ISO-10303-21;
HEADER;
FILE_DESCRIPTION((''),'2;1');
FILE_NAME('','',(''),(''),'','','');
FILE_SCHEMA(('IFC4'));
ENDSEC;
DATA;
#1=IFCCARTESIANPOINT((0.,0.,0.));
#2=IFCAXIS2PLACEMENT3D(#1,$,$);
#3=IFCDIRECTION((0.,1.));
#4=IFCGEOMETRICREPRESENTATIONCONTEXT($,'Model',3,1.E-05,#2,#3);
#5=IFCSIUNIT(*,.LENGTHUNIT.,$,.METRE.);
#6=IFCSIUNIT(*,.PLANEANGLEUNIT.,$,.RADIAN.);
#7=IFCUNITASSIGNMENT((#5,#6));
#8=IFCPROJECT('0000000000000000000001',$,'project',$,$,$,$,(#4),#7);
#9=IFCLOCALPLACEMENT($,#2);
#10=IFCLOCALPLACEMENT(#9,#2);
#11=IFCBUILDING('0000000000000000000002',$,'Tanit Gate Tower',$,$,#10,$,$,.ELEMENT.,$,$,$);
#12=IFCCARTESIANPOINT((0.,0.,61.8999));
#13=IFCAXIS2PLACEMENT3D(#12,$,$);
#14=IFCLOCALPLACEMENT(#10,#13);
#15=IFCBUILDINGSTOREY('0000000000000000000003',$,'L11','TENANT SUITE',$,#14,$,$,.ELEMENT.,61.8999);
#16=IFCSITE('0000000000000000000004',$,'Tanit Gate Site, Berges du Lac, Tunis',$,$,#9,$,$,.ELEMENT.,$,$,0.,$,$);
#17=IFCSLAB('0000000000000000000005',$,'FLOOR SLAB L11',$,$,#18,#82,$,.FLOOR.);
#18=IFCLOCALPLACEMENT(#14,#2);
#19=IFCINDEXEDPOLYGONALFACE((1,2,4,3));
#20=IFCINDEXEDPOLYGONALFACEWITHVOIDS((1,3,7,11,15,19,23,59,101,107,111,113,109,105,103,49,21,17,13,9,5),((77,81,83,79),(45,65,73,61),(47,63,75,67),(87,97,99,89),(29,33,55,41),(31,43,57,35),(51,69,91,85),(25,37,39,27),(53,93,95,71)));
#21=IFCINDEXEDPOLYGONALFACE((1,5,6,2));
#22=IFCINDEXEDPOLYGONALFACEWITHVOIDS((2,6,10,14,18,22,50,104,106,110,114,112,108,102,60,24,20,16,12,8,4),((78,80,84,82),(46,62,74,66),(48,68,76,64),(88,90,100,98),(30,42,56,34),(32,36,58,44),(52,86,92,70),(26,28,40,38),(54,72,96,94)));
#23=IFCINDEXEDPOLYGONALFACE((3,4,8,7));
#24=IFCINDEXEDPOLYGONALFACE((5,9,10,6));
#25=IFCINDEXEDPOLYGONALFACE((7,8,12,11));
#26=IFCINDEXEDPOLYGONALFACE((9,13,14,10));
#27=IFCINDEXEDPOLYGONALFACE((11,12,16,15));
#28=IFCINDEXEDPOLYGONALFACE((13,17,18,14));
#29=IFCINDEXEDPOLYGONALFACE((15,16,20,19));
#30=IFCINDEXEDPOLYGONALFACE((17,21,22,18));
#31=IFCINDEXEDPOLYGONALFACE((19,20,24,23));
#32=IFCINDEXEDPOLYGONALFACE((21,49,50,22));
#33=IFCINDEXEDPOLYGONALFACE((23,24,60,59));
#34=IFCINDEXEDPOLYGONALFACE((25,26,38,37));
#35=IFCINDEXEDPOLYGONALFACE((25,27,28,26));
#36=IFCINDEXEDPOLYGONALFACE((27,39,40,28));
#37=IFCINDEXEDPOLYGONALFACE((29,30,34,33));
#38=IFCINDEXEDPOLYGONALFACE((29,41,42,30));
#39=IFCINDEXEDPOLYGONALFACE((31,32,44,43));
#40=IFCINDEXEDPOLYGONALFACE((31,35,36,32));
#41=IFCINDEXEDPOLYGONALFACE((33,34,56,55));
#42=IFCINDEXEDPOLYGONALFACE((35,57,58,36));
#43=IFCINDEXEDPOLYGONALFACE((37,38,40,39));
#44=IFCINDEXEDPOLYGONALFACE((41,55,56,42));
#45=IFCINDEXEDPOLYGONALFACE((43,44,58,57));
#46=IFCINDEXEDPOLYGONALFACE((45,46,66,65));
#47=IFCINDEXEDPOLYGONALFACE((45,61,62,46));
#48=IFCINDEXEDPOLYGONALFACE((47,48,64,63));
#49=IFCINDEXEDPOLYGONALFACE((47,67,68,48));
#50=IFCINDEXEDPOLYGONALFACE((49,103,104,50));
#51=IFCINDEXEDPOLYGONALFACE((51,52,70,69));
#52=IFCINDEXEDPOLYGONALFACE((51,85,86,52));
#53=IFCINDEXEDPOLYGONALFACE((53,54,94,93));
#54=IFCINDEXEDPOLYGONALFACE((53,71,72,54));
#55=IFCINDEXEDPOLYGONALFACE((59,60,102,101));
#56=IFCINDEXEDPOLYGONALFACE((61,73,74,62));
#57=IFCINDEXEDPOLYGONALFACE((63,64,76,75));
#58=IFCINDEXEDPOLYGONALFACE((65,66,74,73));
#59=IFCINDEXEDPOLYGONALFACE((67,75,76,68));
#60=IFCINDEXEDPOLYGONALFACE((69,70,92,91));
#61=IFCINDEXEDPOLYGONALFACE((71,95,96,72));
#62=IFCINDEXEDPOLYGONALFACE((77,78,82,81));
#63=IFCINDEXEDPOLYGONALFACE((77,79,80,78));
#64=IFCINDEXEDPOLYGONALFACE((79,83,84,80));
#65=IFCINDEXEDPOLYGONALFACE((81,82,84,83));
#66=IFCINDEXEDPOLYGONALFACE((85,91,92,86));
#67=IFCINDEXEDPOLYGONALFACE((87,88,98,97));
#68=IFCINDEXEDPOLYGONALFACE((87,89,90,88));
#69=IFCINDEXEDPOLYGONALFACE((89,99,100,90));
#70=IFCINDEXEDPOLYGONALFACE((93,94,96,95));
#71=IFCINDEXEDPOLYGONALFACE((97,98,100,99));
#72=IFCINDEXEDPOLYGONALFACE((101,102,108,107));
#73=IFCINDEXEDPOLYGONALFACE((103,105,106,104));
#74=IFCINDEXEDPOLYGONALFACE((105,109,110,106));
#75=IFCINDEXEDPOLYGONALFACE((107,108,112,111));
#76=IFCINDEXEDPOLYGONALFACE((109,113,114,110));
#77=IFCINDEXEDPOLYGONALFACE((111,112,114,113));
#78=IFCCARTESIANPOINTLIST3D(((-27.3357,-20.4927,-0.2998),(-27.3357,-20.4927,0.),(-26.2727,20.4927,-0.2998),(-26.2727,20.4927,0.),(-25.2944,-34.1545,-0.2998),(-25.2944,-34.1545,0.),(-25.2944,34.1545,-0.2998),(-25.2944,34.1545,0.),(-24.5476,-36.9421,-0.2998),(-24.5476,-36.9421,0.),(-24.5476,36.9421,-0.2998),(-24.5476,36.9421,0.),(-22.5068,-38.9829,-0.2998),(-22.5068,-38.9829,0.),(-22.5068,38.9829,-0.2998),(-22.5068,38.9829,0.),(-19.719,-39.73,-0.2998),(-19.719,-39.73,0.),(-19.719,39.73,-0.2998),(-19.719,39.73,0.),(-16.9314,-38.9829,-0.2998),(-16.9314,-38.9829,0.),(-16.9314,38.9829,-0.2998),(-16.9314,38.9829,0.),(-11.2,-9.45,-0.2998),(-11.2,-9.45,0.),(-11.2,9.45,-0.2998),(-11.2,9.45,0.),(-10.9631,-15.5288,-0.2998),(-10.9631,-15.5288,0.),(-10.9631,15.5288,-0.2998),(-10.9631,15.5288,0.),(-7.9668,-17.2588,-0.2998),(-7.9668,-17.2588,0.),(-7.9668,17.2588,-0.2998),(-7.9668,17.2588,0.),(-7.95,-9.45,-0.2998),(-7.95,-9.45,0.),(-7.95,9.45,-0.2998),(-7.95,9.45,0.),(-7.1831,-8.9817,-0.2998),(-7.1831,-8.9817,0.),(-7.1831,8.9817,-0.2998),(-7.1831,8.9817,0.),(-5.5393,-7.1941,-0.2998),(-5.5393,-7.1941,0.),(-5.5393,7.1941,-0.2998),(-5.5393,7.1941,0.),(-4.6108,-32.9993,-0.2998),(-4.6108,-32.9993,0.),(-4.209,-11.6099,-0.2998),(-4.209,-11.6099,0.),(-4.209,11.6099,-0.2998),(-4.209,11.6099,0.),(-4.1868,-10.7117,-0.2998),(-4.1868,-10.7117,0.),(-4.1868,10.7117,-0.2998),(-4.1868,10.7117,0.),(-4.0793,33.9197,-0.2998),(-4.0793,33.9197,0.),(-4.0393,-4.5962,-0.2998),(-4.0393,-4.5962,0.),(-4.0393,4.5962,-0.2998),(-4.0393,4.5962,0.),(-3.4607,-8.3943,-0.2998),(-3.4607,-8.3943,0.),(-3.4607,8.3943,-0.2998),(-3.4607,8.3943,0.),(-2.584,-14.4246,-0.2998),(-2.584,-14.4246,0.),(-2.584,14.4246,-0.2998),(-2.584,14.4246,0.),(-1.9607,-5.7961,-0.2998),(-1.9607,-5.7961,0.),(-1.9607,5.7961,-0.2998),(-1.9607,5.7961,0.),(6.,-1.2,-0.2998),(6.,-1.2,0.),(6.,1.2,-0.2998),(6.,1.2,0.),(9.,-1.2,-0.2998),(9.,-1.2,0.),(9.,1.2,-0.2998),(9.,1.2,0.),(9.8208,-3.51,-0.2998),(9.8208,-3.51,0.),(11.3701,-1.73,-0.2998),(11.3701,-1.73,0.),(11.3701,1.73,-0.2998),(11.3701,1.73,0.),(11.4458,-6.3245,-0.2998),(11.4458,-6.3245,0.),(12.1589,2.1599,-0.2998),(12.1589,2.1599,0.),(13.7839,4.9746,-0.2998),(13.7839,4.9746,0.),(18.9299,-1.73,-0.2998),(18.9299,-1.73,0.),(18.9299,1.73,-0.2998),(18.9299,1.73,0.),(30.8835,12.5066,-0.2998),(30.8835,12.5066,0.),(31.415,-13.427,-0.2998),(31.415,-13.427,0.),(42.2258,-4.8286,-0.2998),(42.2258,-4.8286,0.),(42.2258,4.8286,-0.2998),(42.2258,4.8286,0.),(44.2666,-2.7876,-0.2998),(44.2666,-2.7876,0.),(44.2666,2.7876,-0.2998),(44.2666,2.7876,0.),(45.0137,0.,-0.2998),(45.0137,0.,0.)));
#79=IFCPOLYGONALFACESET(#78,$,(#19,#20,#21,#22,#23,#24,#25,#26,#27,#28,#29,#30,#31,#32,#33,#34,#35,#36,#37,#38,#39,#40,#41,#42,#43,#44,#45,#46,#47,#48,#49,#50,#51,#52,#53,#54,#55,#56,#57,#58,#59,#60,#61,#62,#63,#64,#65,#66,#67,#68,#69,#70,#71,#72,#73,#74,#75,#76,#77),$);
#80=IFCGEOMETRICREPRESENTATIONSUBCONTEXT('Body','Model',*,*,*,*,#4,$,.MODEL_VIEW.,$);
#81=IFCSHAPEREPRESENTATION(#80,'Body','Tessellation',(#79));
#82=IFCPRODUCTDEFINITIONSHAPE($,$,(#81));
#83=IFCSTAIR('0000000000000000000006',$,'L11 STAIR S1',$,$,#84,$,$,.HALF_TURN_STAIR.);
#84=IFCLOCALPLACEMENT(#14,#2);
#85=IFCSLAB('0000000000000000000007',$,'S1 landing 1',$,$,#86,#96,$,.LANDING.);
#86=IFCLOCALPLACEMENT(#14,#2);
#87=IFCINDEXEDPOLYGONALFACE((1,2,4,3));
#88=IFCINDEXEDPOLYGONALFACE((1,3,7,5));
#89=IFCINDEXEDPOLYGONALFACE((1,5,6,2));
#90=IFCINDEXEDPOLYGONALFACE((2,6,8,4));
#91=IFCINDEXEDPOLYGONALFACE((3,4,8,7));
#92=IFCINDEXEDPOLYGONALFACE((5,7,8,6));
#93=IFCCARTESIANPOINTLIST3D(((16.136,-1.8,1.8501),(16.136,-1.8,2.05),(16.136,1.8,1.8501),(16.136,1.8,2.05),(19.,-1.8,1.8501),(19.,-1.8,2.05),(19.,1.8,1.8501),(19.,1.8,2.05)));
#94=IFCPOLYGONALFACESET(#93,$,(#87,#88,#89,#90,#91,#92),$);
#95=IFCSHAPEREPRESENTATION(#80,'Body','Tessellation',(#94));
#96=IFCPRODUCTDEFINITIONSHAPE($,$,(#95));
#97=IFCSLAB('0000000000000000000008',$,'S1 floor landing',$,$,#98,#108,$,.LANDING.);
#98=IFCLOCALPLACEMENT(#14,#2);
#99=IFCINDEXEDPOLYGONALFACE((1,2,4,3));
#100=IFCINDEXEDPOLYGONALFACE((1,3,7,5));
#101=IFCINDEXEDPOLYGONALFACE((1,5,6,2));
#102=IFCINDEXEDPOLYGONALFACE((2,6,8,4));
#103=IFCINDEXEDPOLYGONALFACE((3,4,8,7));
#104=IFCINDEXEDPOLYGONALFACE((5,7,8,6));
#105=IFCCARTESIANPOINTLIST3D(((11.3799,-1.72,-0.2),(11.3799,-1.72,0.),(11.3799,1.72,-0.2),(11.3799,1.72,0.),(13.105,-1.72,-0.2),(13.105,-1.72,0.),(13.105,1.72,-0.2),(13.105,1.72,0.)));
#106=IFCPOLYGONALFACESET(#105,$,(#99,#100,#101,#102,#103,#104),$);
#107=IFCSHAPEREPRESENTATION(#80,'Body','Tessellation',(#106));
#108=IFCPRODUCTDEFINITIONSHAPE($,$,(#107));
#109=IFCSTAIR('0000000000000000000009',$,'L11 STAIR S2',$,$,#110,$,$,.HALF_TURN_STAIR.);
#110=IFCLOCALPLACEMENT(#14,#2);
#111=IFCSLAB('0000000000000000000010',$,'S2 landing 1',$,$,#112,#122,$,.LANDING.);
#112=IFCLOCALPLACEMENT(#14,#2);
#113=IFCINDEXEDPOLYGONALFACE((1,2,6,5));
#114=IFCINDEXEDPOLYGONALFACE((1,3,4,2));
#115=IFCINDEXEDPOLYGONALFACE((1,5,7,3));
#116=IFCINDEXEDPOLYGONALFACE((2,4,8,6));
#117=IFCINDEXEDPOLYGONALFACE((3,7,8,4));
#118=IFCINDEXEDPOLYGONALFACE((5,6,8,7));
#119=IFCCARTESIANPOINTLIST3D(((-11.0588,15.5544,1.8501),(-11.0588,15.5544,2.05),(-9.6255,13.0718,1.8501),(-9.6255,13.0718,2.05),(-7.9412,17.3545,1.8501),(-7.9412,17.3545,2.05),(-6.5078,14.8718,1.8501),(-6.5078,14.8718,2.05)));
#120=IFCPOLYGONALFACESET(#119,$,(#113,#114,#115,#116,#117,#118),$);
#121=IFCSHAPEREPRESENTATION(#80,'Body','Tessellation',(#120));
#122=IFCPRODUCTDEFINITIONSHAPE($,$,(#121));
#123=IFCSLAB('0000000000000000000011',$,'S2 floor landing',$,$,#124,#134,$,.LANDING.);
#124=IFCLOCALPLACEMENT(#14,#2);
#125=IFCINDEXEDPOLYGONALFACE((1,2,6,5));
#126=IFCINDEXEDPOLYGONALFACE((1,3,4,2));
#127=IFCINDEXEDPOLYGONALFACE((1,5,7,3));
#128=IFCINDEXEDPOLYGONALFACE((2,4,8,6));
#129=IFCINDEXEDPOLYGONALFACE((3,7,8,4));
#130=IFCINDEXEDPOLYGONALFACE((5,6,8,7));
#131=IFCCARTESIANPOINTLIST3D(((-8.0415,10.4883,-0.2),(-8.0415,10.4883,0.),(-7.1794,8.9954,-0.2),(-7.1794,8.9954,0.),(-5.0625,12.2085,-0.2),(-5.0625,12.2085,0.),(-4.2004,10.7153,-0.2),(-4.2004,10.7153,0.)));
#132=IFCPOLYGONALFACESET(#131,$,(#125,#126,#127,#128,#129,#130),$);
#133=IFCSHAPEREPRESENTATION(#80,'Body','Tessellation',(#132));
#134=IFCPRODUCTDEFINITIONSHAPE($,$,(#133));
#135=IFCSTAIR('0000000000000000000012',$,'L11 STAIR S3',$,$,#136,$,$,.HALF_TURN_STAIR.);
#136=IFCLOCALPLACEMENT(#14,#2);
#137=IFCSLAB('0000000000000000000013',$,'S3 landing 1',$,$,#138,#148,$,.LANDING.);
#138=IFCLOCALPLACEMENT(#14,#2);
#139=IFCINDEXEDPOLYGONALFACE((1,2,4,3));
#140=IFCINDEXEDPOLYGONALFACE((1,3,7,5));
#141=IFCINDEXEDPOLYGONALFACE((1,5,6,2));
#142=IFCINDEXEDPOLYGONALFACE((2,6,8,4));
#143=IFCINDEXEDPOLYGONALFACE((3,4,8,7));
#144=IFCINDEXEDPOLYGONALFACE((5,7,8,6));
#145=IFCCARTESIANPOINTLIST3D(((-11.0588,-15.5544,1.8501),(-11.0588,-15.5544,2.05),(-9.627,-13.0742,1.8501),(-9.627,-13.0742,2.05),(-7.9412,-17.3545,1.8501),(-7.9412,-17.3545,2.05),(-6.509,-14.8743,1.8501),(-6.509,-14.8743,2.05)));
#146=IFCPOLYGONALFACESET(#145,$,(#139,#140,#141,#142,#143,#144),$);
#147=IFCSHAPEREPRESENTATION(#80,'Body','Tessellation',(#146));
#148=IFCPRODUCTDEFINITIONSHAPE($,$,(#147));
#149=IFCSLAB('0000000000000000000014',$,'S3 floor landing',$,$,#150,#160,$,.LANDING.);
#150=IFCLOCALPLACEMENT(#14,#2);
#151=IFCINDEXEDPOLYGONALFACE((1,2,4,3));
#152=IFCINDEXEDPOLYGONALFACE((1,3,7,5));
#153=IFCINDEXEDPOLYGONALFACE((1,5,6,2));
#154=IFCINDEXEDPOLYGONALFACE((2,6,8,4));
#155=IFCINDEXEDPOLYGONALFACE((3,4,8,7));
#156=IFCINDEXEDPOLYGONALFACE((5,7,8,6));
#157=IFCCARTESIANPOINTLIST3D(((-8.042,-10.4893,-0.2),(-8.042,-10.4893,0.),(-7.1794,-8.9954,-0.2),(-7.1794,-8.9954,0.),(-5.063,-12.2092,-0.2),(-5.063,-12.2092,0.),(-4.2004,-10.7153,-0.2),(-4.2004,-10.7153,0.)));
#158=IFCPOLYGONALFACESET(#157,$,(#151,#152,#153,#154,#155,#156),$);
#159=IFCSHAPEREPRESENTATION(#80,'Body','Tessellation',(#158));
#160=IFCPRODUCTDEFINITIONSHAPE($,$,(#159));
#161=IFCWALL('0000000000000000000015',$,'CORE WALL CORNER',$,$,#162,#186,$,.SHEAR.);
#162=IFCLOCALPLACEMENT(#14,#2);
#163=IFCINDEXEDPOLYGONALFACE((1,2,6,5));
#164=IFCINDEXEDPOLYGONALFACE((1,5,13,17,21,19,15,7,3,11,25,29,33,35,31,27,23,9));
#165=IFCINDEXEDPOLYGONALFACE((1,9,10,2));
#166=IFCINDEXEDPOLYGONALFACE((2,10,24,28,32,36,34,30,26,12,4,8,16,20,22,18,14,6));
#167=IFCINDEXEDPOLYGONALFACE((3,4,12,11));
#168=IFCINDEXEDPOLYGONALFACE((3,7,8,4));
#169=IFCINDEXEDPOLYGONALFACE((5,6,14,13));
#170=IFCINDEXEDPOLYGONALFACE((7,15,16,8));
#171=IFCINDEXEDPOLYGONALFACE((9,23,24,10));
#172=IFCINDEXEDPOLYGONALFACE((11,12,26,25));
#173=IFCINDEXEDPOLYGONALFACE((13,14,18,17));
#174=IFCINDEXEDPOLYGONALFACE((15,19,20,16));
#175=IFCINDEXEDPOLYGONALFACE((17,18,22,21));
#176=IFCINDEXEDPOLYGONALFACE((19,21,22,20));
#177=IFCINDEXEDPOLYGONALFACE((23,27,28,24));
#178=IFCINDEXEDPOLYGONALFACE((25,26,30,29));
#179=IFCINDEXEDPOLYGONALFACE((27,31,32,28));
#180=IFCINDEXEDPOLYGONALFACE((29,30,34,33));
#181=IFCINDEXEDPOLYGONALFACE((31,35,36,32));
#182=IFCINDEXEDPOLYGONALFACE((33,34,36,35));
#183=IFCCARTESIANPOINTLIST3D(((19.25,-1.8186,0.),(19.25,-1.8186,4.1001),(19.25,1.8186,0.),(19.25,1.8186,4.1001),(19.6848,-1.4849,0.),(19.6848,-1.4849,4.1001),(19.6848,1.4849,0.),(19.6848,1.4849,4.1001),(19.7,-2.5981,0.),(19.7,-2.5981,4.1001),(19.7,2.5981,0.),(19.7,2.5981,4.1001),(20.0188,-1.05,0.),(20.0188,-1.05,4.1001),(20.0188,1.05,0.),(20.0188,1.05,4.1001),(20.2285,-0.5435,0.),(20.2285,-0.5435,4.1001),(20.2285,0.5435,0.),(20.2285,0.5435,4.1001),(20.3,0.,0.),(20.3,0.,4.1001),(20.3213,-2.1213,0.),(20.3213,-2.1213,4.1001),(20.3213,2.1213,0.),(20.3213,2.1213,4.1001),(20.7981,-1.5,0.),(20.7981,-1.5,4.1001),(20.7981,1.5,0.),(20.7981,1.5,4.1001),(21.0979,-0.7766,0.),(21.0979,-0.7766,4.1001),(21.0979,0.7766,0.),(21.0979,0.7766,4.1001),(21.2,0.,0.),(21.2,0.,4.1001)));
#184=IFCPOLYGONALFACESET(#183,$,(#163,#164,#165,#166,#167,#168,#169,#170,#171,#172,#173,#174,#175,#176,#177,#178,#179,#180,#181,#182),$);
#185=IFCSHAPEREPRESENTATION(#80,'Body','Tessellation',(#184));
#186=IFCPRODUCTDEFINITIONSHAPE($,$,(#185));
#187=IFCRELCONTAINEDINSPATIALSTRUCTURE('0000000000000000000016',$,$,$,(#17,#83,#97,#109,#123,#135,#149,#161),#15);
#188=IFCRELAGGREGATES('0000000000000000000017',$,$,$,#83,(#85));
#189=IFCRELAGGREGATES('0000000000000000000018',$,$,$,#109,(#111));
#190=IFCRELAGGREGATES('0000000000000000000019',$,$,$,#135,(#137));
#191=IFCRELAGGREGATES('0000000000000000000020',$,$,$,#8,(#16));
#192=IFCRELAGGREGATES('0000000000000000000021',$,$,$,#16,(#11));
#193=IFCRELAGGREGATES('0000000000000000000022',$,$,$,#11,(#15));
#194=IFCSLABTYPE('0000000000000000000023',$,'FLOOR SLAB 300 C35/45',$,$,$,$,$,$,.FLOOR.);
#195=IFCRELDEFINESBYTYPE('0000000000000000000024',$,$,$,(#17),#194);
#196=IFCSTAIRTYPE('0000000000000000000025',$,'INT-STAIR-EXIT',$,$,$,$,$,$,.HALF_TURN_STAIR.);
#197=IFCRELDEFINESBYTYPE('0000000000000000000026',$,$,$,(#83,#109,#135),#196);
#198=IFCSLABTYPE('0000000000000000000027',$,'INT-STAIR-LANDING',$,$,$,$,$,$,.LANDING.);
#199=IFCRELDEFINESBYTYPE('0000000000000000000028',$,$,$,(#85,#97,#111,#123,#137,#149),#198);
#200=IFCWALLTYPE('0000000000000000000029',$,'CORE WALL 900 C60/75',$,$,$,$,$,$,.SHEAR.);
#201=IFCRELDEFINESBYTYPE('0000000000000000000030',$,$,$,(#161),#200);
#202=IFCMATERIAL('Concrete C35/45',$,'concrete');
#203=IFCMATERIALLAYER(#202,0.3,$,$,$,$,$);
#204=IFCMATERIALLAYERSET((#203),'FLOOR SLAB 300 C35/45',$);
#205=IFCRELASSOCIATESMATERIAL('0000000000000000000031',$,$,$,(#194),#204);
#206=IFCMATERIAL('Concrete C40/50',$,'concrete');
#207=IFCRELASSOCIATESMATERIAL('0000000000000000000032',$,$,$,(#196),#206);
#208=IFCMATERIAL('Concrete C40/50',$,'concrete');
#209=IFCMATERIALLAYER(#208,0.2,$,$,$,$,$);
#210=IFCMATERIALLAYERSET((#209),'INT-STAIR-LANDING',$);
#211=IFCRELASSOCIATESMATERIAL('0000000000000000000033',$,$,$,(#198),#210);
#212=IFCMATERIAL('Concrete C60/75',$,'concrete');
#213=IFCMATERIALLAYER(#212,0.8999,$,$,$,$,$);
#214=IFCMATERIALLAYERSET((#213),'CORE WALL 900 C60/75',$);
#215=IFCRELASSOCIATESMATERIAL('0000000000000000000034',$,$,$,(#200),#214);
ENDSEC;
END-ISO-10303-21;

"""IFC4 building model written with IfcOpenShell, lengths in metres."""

from ifc_helpers import new_model, si_unit, direction, frame, origin, place, context, subcontext, project, spatial, polyline, outline, extrude, material, layer, layer_set, type_object, element, aggregate, save


model = new_model("IFC4")

# Units and contexts
model_context = context("Model", 3, precision=1e-05, world=origin(), true_north=direction((0.0, 1.0)))
body_context = subcontext(model_context, "Body", "Model", "MODEL_VIEW")
ifc_project = project(units=[si_unit("LENGTHUNIT", "METRE"), si_unit("PLANEANGLEUNIT", "RADIAN")], contexts=[model_context])

# Site, building, storey
site_placement = place(None, origin())
site = spatial("IfcSite", under=ifc_project, at=site_placement, Name="Tanit Gate Site, Berges du Lac, Tunis", CompositionType="ELEMENT", RefElevation=0.0)
building_placement = place(site_placement, origin())
building = spatial("IfcBuilding", under=site, at=building_placement, Name="Tanit Gate Tower", CompositionType="ELEMENT")
storey_placement = place(building_placement, frame((0.0, 0.0, 61.8999)))
storey = spatial("IfcBuildingStorey", under=building, at=storey_placement, Name="L11", Description="TENANT SUITE", CompositionType="ELEMENT", Elevation=61.8999)

# Slab
ifc_material_1 = material(Name="Concrete C35/45", Category="concrete")
ifc_layer_1 = layer(ifc_material_1, 0.3)
ifc_layer_set_1 = layer_set([ifc_layer_1], Name="FLOOR SLAB 300 C35/45")
slab_type_1 = type_object("IfcSlabType", Name="FLOOR SLAB 300 C35/45", PredefinedType="FLOOR", material=ifc_layer_set_1)
slab_1_placement = place(storey_placement, frame((0.0, 0.0, -0.2998)))
element("IfcSlab", 1, at=slab_1_placement, inside=storey, type_object=slab_type_1, Name="FLOOR SLAB L11", PredefinedType="FLOOR", context=body_context, shape_type="SweptSolid", body=[
    extrude(outline(polyline([(42.2258, 4.8286), (44.2666, 2.7876), (45.0137, 0.0), (44.2666, -2.7876), (42.2258, -4.8286), (31.415, -13.427), (-4.6108, -32.9993), (-16.9314, -38.9829), (-19.719, -39.73), (-22.5068, -38.9829), (-24.5476, -36.9421), (-25.2944, -34.1545), (-27.3357, -20.4927), (-26.2727, 20.4927), (-25.2944, 34.1545), (-24.5476, 36.9421), (-22.5068, 38.9829), (-19.719, 39.73), (-16.9314, 38.9829), (-4.0793, 33.9197), (30.8835, 12.5066), (42.2258, 4.8286)]), holes=[polyline([(11.3701, 1.73), (18.9299, 1.73), (18.9299, -1.73), (11.3701, -1.73), (11.3701, 1.73)]), polyline([(-4.209, 11.6099), (-2.584, 14.4246), (13.7839, 4.9746), (12.1589, 2.1599), (-4.209, 11.6099)]), polyline([(-4.209, -11.6099), (9.8208, -3.51), (11.4458, -6.3245), (-2.584, -14.4246), (-4.209, -11.6099)]), polyline([(9.0, 1.2), (9.0, -1.2), (6.0, -1.2), (6.0, 1.2), (9.0, 1.2)]), polyline([(-5.5393, 7.1941), (-3.4607, 8.3943), (-1.9607, 5.7961), (-4.0393, 4.5962), (-5.5393, 7.1941)]), polyline([(-1.9607, -5.7961), (-3.4607, -8.3943), (-5.5393, -7.1941), (-4.0393, -4.5962), (-1.9607, -5.7961)]), polyline([(-10.9631, 15.5288), (-7.9668, 17.2588), (-4.1868, 10.7117), (-7.1831, 8.9817), (-10.9631, 15.5288)]), polyline([(-4.1868, -10.7117), (-7.9668, -17.2588), (-10.9631, -15.5288), (-7.1831, -8.9817), (-4.1868, -10.7117)]), polyline([(-11.2, -9.45), (-11.2, 9.45), (-7.95, 9.45), (-7.95, -9.45), (-11.2, -9.45)])]), origin(), (0.0, 0.0, 1.0), 0.2998),
])

# Stair, slab
ifc_material_2 = material(Name="Concrete C40/50", Category="concrete")
stair_type = type_object("IfcStairType", Name="INT-STAIR-EXIT", PredefinedType="HALF_TURN_STAIR", material=ifc_material_2)
stair_1_placement = place(storey_placement, origin())
stair_1 = element("IfcStair", 2, at=stair_1_placement, inside=storey, type_object=stair_type, Name="L11 STAIR S1", PredefinedType="HALF_TURN_STAIR")
ifc_material_3 = material(Name="Concrete C40/50", Category="concrete")
ifc_layer_2 = layer(ifc_material_3, 0.2)
ifc_layer_set_2 = layer_set([ifc_layer_2], Name="INT-STAIR-LANDING")
slab_type_2 = type_object("IfcSlabType", Name="INT-STAIR-LANDING", PredefinedType="LANDING", material=ifc_layer_set_2)
slab_2_placement = place(storey_placement, frame((0.0, 0.0, 1.8501)))
slab_2 = element("IfcSlab", 3, at=slab_2_placement, type_object=slab_type_2, Name="S1 landing 1", PredefinedType="LANDING", context=body_context, shape_type="SweptSolid", body=[
    extrude(outline(polyline([(16.136, -1.8), (19.0, -1.8), (19.0, 1.8), (16.136, 1.8), (16.136, -1.8)])), origin(), (0.0, 0.0, 1.0), 0.2),
])
aggregate(stair_1, [slab_2])

# Slab
slab_3_placement = place(storey_placement, frame((0.0, 0.0, -0.2)))
element("IfcSlab", 4, at=slab_3_placement, inside=storey, type_object=slab_type_2, Name="S1 floor landing", PredefinedType="LANDING", context=body_context, shape_type="SweptSolid", body=[
    extrude(outline(polyline([(11.3799, -1.72), (13.105, -1.72), (13.105, 1.72), (11.3799, 1.72), (11.3799, -1.72)])), origin(), (0.0, 0.0, 1.0), 0.2),
])

# Stair, slab
stair_2_placement = place(storey_placement, origin())
stair_2 = element("IfcStair", 5, at=stair_2_placement, inside=storey, type_object=stair_type, Name="L11 STAIR S2", PredefinedType="HALF_TURN_STAIR")
slab_4_placement = place(storey_placement, frame((0.0, 0.0, 1.8501)))
slab_4 = element("IfcSlab", 6, at=slab_4_placement, type_object=slab_type_2, Name="S2 landing 1", PredefinedType="LANDING", context=body_context, shape_type="SweptSolid", body=[
    extrude(outline(polyline([(-6.5078, 14.8718), (-7.9412, 17.3545), (-11.0588, 15.5544), (-9.6255, 13.0718), (-6.5078, 14.8718)])), origin(), (0.0, 0.0, 1.0), 0.2),
])
aggregate(stair_2, [slab_4])

# Slab
slab_5_placement = place(storey_placement, frame((0.0, 0.0, -0.2)))
element("IfcSlab", 7, at=slab_5_placement, inside=storey, type_object=slab_type_2, Name="S2 floor landing", PredefinedType="LANDING", context=body_context, shape_type="SweptSolid", body=[
    extrude(outline(polyline([(-4.2004, 10.7153), (-5.0625, 12.2085), (-8.0415, 10.4883), (-7.1794, 8.9954), (-4.2004, 10.7153)])), origin(), (0.0, 0.0, 1.0), 0.2),
])

# Stair, slab
stair_3_placement = place(storey_placement, origin())
stair_3 = element("IfcStair", 8, at=stair_3_placement, inside=storey, type_object=stair_type, Name="L11 STAIR S3", PredefinedType="HALF_TURN_STAIR")
slab_6_placement = place(storey_placement, frame((0.0, 0.0, 1.8501)))
slab_6 = element("IfcSlab", 9, at=slab_6_placement, type_object=slab_type_2, Name="S3 landing 1", PredefinedType="LANDING", context=body_context, shape_type="SweptSolid", body=[
    extrude(outline(polyline([(-9.627, -13.0742), (-11.0588, -15.5544), (-7.9412, -17.3545), (-6.509, -14.8743), (-9.627, -13.0742)])), origin(), (0.0, 0.0, 1.0), 0.2),
])
aggregate(stair_3, [slab_6])

# Slab
slab_7_placement = place(storey_placement, frame((0.0, 0.0, -0.2)))
element("IfcSlab", 10, at=slab_7_placement, inside=storey, type_object=slab_type_2, Name="S3 floor landing", PredefinedType="LANDING", context=body_context, shape_type="SweptSolid", body=[
    extrude(outline(polyline([(-7.1794, -8.9954), (-8.042, -10.4893), (-5.063, -12.2092), (-4.2004, -10.7153), (-7.1794, -8.9954)])), origin(), (0.0, 0.0, 1.0), 0.2),
])

# Wall
ifc_material_4 = material(Name="Concrete C60/75", Category="concrete")
ifc_layer_3 = layer(ifc_material_4, 0.8999)
ifc_layer_set_3 = layer_set([ifc_layer_3], Name="CORE WALL 900 C60/75")
wall_type_1 = type_object("IfcWallType", Name="CORE WALL 900 C60/75", PredefinedType="SHEAR", material=ifc_layer_set_3)
wall_1_placement = place(storey_placement, origin())
element("IfcWall", 11, at=wall_1_placement, inside=storey, type_object=wall_type_1, Name="CORE WALL CORNER", PredefinedType="SHEAR", context=body_context, shape_type="SweptSolid", body=[
    extrude(outline(polyline([(19.7, -2.5981), (20.3213, -2.1213), (20.7981, -1.5), (21.0979, -0.7766), (21.2, 0.0), (21.0979, 0.7766), (20.7981, 1.5), (20.3213, 2.1213), (19.7, 2.5981), (19.25, 1.8186), (19.6848, 1.4849), (20.0188, 1.05), (20.2285, 0.5435), (20.3, 0.0), (20.2285, -0.5435), (20.0188, -1.05), (19.6848, -1.4849), (19.25, -1.8186), (19.7, -2.5981)])), origin(), (0.0, 0.0, 1.0), 4.1001),
])

save(model, "model.ifc")
